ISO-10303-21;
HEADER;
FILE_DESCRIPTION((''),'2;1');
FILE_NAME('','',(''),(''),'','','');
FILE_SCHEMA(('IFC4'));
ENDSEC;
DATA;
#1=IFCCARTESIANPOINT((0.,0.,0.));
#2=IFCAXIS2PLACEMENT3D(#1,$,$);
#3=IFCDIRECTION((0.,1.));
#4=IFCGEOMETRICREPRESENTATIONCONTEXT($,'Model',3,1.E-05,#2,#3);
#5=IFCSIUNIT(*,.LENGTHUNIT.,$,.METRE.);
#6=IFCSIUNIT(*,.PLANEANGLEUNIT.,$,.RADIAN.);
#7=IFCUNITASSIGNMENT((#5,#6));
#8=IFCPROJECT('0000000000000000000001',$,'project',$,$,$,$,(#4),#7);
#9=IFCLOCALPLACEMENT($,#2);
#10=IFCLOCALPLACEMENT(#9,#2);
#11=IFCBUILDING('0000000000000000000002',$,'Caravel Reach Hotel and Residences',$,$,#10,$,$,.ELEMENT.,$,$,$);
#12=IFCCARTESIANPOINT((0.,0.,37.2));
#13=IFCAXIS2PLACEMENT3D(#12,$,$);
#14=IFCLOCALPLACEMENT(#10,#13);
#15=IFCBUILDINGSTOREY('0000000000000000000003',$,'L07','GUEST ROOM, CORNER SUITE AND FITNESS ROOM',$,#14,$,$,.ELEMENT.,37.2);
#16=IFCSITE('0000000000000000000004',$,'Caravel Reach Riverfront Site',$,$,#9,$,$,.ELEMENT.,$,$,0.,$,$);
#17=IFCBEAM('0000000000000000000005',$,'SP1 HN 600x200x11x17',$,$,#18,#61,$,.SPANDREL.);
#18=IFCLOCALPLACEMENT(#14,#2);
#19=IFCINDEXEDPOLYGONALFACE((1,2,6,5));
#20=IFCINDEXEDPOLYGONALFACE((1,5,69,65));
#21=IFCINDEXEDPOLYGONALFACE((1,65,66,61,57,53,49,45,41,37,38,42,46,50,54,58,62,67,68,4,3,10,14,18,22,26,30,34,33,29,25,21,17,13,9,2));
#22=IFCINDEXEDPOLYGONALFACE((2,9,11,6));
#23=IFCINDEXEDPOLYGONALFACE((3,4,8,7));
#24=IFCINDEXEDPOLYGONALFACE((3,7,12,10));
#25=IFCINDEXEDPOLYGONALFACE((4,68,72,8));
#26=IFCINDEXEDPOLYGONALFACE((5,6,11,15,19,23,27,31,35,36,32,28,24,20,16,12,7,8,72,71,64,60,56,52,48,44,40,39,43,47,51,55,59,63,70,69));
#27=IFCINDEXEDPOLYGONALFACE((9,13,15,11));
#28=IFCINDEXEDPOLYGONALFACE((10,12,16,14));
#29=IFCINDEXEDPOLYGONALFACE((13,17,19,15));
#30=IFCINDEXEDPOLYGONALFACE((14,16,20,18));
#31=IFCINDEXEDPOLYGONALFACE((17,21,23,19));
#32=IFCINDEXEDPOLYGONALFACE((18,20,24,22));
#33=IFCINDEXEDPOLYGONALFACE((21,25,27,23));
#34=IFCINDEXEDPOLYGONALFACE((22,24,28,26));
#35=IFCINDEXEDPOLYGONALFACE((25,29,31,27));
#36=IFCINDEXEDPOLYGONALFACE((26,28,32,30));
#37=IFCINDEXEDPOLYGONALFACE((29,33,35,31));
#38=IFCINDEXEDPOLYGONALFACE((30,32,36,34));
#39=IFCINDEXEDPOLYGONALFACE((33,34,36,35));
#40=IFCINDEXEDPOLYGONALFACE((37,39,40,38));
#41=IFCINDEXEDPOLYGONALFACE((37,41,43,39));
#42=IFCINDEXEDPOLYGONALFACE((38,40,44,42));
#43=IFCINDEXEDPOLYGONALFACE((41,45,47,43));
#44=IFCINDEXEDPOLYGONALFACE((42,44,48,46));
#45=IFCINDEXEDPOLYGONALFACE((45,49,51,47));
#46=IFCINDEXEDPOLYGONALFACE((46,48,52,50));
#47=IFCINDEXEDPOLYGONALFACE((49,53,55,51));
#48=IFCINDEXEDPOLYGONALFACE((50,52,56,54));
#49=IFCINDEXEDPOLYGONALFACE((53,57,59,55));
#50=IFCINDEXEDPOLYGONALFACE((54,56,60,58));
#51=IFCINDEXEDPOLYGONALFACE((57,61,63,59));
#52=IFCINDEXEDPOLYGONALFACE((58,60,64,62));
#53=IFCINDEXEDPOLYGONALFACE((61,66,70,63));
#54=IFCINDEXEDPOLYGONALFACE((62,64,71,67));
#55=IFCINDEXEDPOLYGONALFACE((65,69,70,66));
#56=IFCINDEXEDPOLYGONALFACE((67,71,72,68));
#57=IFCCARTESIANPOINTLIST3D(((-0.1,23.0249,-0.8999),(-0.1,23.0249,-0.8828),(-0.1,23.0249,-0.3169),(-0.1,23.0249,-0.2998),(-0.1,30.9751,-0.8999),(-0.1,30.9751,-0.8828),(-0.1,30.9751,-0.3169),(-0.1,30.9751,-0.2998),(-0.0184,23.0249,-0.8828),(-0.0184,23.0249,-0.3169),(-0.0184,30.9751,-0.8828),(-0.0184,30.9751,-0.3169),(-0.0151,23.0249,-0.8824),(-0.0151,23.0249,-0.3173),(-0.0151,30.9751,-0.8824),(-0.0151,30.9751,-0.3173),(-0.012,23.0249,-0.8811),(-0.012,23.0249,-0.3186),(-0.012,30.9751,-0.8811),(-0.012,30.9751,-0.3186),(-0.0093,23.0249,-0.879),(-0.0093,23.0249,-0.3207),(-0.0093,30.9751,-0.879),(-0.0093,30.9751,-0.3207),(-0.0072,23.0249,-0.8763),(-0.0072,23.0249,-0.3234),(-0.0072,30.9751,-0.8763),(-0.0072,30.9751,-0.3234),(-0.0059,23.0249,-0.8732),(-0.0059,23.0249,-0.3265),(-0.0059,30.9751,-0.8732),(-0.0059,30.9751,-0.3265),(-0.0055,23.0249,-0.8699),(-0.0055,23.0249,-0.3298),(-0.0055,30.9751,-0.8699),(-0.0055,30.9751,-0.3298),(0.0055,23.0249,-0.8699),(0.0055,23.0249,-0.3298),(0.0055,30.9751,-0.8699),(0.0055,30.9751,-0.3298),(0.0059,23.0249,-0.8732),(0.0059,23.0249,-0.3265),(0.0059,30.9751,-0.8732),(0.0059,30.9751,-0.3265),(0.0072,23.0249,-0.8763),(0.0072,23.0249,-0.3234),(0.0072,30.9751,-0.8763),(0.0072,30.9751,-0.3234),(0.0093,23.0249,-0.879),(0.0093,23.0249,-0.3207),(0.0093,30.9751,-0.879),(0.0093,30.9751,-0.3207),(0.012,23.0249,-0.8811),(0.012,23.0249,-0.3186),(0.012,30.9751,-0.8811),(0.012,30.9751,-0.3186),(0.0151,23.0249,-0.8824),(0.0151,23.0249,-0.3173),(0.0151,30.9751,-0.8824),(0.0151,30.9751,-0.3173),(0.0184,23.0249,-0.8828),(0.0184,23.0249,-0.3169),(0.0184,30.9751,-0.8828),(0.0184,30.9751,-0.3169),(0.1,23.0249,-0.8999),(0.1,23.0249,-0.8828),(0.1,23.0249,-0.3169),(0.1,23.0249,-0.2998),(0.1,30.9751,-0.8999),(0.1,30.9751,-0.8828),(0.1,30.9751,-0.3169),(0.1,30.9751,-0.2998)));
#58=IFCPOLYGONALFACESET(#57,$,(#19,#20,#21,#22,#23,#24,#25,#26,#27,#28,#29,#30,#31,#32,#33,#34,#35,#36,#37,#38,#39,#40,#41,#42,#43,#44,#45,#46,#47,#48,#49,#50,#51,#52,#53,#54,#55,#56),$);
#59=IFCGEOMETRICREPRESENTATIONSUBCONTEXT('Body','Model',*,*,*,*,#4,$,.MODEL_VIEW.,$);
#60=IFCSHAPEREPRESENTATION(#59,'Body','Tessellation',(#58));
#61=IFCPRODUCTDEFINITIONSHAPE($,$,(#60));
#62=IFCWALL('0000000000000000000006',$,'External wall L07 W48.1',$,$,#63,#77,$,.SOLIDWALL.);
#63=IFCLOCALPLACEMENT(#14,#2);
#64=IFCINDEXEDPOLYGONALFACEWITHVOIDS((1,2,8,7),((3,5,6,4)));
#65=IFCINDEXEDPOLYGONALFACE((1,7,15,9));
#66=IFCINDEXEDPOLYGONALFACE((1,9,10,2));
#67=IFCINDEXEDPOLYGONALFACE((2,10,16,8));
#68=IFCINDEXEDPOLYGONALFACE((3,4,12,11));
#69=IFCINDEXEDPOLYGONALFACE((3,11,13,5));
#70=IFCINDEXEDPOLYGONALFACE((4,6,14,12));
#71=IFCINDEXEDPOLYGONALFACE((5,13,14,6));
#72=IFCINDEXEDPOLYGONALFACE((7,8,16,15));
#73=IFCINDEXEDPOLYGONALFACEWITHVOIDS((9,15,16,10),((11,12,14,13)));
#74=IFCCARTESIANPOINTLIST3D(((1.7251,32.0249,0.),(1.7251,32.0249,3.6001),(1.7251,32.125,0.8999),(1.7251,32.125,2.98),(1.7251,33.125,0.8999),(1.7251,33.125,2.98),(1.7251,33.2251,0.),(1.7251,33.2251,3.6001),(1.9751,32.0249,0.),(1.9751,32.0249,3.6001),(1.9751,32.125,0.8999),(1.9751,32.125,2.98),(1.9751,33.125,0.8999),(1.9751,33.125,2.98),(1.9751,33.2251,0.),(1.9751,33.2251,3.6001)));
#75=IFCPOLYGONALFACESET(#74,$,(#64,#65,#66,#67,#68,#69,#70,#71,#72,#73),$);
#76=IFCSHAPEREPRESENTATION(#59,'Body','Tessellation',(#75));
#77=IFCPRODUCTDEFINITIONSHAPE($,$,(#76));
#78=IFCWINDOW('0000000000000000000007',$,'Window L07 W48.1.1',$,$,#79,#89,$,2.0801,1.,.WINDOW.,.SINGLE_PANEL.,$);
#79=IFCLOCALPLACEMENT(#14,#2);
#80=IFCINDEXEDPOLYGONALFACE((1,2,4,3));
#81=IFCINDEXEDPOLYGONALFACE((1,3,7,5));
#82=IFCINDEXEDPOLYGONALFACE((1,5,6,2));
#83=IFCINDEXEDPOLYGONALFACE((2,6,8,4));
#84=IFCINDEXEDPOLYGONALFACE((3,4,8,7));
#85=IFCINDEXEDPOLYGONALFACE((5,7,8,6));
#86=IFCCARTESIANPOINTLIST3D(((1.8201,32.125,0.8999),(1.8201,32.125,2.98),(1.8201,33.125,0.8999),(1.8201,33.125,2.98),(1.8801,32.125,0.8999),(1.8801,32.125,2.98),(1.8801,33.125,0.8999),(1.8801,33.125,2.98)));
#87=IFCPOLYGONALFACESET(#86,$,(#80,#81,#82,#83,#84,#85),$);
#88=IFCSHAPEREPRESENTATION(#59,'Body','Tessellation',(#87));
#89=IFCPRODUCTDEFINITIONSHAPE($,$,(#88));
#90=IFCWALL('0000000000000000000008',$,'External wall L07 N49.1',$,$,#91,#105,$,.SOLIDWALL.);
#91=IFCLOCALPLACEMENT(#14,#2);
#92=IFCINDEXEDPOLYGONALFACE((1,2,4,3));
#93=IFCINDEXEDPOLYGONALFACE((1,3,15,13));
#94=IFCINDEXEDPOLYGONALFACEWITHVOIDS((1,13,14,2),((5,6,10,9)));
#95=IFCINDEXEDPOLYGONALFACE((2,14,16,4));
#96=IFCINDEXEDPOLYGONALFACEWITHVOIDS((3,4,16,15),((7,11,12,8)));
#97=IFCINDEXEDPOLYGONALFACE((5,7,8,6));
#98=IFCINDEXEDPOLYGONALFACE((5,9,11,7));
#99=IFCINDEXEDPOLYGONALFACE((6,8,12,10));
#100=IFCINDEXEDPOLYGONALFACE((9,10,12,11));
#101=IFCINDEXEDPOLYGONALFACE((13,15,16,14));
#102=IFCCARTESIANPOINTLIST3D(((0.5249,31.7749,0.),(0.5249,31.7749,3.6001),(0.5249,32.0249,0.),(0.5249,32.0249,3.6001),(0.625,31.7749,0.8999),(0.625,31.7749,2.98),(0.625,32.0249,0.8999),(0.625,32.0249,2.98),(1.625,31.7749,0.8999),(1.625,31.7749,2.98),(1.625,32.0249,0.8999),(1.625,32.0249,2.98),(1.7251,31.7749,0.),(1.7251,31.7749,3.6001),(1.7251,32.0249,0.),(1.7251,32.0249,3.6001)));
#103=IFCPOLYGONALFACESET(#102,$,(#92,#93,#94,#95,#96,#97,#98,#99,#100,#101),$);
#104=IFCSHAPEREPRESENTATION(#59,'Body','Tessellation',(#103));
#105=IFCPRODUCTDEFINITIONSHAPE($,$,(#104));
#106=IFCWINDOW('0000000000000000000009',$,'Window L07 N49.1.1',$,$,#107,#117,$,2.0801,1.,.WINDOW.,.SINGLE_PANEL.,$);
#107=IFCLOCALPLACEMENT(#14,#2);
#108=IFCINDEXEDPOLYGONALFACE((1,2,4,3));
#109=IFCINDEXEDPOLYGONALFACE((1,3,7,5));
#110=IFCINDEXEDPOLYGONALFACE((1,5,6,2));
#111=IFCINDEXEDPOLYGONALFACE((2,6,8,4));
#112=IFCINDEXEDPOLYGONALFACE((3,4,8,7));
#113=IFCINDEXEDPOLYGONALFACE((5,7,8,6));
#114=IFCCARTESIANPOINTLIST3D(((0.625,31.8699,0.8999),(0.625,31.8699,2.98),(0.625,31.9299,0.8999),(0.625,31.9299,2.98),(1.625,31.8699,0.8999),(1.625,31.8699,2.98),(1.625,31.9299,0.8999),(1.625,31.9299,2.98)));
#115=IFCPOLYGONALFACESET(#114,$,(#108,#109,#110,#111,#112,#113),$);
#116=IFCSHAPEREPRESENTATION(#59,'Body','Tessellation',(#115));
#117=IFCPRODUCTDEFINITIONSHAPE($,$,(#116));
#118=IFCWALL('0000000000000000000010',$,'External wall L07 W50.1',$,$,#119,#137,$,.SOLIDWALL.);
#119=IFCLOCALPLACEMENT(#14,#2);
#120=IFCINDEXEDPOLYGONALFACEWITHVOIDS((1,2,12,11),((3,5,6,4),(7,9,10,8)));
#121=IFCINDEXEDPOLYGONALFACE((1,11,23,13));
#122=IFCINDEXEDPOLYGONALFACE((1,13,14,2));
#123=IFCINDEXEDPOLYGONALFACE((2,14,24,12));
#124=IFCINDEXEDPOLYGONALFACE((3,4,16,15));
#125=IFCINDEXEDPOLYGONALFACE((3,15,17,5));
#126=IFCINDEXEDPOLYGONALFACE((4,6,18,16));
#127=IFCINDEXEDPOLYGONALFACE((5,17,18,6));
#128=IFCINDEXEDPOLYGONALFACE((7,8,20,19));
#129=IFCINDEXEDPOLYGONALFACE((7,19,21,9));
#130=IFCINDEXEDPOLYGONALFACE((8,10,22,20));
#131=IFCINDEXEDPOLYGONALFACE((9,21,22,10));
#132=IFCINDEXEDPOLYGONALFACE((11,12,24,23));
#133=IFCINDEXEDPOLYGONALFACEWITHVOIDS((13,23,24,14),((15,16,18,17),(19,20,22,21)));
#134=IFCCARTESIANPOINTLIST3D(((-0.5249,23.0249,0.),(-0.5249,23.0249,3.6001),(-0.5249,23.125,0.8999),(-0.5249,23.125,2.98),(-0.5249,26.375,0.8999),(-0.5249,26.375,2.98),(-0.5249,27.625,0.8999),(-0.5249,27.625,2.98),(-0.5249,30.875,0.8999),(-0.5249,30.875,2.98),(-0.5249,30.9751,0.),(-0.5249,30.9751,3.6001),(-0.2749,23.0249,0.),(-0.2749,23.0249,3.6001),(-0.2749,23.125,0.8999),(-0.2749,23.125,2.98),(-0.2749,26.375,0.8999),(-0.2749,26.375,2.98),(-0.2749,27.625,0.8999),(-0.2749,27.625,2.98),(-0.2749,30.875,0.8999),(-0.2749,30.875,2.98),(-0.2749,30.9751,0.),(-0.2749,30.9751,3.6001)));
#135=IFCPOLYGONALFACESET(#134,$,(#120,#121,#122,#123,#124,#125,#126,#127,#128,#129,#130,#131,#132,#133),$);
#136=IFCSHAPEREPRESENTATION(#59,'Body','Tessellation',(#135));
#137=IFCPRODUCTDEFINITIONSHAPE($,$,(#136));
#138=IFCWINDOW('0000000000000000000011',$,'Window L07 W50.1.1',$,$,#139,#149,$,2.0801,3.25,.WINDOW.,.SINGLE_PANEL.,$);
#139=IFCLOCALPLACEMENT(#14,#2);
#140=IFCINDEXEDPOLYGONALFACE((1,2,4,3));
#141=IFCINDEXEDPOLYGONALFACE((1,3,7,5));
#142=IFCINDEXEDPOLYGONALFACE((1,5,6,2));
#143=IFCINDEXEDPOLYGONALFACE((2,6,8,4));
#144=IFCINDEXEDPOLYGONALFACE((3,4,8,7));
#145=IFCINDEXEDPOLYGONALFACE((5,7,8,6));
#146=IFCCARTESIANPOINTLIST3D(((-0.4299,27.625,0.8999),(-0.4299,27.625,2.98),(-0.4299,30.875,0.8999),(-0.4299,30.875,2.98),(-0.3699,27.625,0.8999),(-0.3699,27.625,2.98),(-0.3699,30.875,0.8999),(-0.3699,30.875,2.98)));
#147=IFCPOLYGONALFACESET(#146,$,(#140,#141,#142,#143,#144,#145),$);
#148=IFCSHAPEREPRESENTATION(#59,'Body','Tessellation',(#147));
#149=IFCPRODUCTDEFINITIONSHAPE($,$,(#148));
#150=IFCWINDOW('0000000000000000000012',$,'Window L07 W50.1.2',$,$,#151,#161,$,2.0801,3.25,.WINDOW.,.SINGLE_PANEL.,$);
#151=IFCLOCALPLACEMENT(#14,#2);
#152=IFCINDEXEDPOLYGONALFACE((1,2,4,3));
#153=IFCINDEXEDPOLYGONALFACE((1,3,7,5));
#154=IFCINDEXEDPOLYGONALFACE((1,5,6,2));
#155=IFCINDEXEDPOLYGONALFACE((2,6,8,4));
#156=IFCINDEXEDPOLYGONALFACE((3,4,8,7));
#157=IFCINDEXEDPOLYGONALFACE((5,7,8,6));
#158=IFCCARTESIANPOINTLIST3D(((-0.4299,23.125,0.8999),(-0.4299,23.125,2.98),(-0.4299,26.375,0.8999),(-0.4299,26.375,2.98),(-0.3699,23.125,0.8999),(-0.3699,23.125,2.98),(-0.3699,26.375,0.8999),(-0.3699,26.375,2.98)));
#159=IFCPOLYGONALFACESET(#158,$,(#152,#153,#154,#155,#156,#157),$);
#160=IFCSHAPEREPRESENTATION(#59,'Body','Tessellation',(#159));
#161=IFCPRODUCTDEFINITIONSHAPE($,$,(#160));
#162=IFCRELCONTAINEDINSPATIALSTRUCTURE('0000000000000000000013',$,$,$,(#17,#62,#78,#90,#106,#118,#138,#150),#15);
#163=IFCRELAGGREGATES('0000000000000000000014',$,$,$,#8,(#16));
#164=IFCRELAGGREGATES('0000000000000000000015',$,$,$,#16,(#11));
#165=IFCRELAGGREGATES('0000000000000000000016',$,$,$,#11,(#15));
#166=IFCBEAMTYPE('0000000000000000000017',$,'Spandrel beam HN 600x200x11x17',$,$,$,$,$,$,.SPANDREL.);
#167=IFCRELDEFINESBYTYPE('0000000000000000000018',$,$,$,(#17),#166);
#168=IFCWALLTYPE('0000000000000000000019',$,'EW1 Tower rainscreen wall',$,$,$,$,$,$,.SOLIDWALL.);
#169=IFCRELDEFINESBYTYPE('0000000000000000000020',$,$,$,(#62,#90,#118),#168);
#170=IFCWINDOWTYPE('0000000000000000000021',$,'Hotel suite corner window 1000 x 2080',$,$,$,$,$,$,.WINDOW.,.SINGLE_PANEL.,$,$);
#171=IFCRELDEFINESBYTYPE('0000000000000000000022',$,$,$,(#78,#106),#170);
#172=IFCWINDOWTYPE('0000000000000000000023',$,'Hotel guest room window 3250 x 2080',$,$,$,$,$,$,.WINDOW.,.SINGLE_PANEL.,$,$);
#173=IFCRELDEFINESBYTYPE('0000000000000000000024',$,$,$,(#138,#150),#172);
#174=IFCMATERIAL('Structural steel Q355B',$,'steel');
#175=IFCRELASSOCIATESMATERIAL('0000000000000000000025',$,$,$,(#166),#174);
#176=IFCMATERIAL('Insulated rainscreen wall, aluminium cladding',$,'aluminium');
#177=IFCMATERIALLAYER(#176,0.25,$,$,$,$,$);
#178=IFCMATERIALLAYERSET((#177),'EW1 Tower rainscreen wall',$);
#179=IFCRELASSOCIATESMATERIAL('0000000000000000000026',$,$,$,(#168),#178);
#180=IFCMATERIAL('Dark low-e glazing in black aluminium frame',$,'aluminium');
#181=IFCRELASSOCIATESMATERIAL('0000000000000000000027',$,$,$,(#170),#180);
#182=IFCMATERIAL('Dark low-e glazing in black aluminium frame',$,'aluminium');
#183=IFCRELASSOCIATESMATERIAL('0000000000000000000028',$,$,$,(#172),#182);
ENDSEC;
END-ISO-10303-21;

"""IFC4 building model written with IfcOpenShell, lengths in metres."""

from ifc_helpers import new_model, si_unit, direction, frame, frame_2d, origin, origin_2d, place, context, subcontext, project, spatial, rectangle, i_section, extrude, material, layer, layer_set, material_profile, profile_set, type_object, element, fill, save


model = new_model("IFC4")

# Units and contexts
model_context = context("Model", 3, precision=1e-05, world=origin(), true_north=direction((0.0, 1.0)))
body_context = subcontext(model_context, "Body", "Model", "MODEL_VIEW")
ifc_project = project(units=[si_unit("LENGTHUNIT", "METRE"), si_unit("PLANEANGLEUNIT", "RADIAN")], contexts=[model_context])

# Site, building, storey
site_placement = place(None, origin())
site = spatial("IfcSite", under=ifc_project, at=site_placement, Name="Caravel Reach Riverfront Site", CompositionType="ELEMENT", RefElevation=0.0)
building_placement = place(site_placement, origin())
building = spatial("IfcBuilding", under=site, at=building_placement, Name="Caravel Reach Hotel and Residences", CompositionType="ELEMENT")
storey_placement = place(building_placement, frame((0.0, 0.0, 37.2)))
storey = spatial("IfcBuildingStorey", under=building, at=storey_placement, Name="L07", Description="GUEST ROOM, CORNER SUITE AND FITNESS ROOM", CompositionType="ELEMENT", Elevation=37.2)

# Beam
ifc_material_1 = material(Name="Structural steel Q355B", Category="steel")
ifc_material_profile_1 = material_profile(ifc_material_1, i_section(OverallWidth=0.2, OverallDepth=0.6001, WebThickness=0.011, FlangeThickness=0.0171, FilletRadius=0.0129, at=origin_2d()), Name="HN 600x200x11x17")
ifc_profile_set_1 = profile_set([ifc_material_profile_1], Name="Structural steel Q355B")
beam_type = type_object("IfcBeamType", Name="Spandrel beam HN 600x200x11x17", PredefinedType="SPANDREL", material=ifc_profile_set_1)
beam_placement = place(storey_placement, frame((0.0, 30.9751, -0.5999), z_axis=(0.0, -1.0, 0.0), x_axis=(1.0, 0.0, 0.0)))
element("IfcBeam", 1, at=beam_placement, inside=storey, type_object=beam_type, Name="SP1 HN 600x200x11x17", PredefinedType="SPANDREL", context=body_context, shape_type="SweptSolid", body=[
    extrude(i_section(OverallWidth=0.2, OverallDepth=0.6001, WebThickness=0.011, FlangeThickness=0.0171, FilletRadius=0.0129, at=origin_2d()), origin(), (0.0, 0.0, 1.0), 7.9502),
])

# Walls, openings, windows
ifc_material_2 = material(Name="Insulated rainscreen wall, aluminium cladding", Category="aluminium")
ifc_layer = layer(ifc_material_2, 0.25)
ifc_layer_set = layer_set([ifc_layer], Name="EW1 Tower rainscreen wall")
wall_type = type_object("IfcWallType", Name="EW1 Tower rainscreen wall", PredefinedType="SOLIDWALL", material=ifc_layer_set)
wall_1_placement = place(storey_placement, frame((1.8501, 33.2251, 0.0), z_axis=(0.0, 0.0, 1.0), x_axis=(0.0, -1.0, 0.0)))
wall_1 = element("IfcWall", 2, at=wall_1_placement, inside=storey, type_object=wall_type, Name="External wall L07 W48.1", PredefinedType="SOLIDWALL", context=body_context, shape_type="SweptSolid", body=[
    extrude(rectangle(XDim=1.2002, YDim=0.25, at=frame_2d((0.6001, 0.0))), origin(), (0.0, 0.0, 1.0), 3.6001),
])
opening_1_placement = place(wall_1_placement, frame((0.1001, 0.0, 0.8999)))
opening_1 = element("IfcOpeningElement", 3, at=opening_1_placement, cuts=wall_1, PredefinedType="OPENING", context=body_context, shape_type="SweptSolid", body=[
    extrude(rectangle(XDim=1.0, YDim=2.0801, at=frame_2d((0.5, 1.04))), frame((0.0, 0.135, 0.0), z_axis=(0.0, -1.0, 0.0), x_axis=(1.0, 0.0, 0.0)), (0.0, 0.0, 1.0), 0.27),
])
ifc_material_3 = material(Name="Dark low-e glazing in black aluminium frame", Category="aluminium")
window_type_1 = type_object("IfcWindowType", Name="Hotel suite corner window 1000 x 2080", PartitioningType="SINGLE_PANEL", PredefinedType="WINDOW", material=ifc_material_3)
window_1_placement = place(opening_1_placement, origin())
window_1 = element("IfcWindow", 4, at=window_1_placement, inside=storey, type_object=window_type_1, Name="Window L07 W48.1.1", OverallHeight=2.0801, OverallWidth=1.0, PartitioningType="SINGLE_PANEL", PredefinedType="WINDOW", context=body_context, shape_type="SweptSolid", body=[
    extrude(rectangle(XDim=1.0, YDim=2.0801, at=frame_2d((0.5, 1.04))), frame((0.0, 0.03, 0.0), z_axis=(0.0, -1.0, 0.0), x_axis=(1.0, 0.0, 0.0)), (0.0, 0.0, 1.0), 0.0601),
])
fill(opening_1, window_1)
wall_2_placement = place(storey_placement, frame((1.7251, 31.8999, 0.0), z_axis=(0.0, 0.0, 1.0), x_axis=(-1.0, 0.0, 0.0)))
wall_2 = element("IfcWall", 5, at=wall_2_placement, inside=storey, type_object=wall_type, Name="External wall L07 N49.1", PredefinedType="SOLIDWALL", context=body_context, shape_type="SweptSolid", body=[
    extrude(rectangle(XDim=1.2002, YDim=0.25, at=frame_2d((0.6001, 0.0))), origin(), (0.0, 0.0, 1.0), 3.6001),
])
opening_2_placement = place(wall_2_placement, frame((0.1001, 0.0, 0.8999)))
opening_2 = element("IfcOpeningElement", 6, at=opening_2_placement, cuts=wall_2, PredefinedType="OPENING", context=body_context, shape_type="SweptSolid", body=[
    extrude(rectangle(XDim=1.0, YDim=2.0801, at=frame_2d((0.5, 1.04))), frame((0.0, 0.135, 0.0), z_axis=(0.0, -1.0, 0.0), x_axis=(1.0, 0.0, 0.0)), (0.0, 0.0, 1.0), 0.27),
])
window_2_placement = place(opening_2_placement, origin())
window_2 = element("IfcWindow", 7, at=window_2_placement, inside=storey, type_object=window_type_1, Name="Window L07 N49.1.1", OverallHeight=2.0801, OverallWidth=1.0, PartitioningType="SINGLE_PANEL", PredefinedType="WINDOW", context=body_context, shape_type="SweptSolid", body=[
    extrude(rectangle(XDim=1.0, YDim=2.0801, at=frame_2d((0.5, 1.04))), frame((0.0, 0.03, 0.0), z_axis=(0.0, -1.0, 0.0), x_axis=(1.0, 0.0, 0.0)), (0.0, 0.0, 1.0), 0.0601),
])
fill(opening_2, window_2)

# Wall, openings, windows
wall_3_placement = place(storey_placement, frame((-0.3999, 30.9751, 0.0), z_axis=(0.0, 0.0, 1.0), x_axis=(0.0, -1.0, 0.0)))
wall_3 = element("IfcWall", 8, at=wall_3_placement, inside=storey, type_object=wall_type, Name="External wall L07 W50.1", PredefinedType="SOLIDWALL", context=body_context, shape_type="SweptSolid", body=[
    extrude(rectangle(XDim=7.9502, YDim=0.25, at=frame_2d((3.9751, 0.0))), origin(), (0.0, 0.0, 1.0), 3.6001),
])
opening_3_placement = place(wall_3_placement, frame((0.1001, 0.0, 0.8999)))
opening_3 = element("IfcOpeningElement", 9, at=opening_3_placement, cuts=wall_3, PredefinedType="OPENING", context=body_context, shape_type="SweptSolid", body=[
    extrude(rectangle(XDim=3.25, YDim=2.0801, at=frame_2d((1.625, 1.04))), frame((0.0, 0.135, 0.0), z_axis=(0.0, -1.0, 0.0), x_axis=(1.0, 0.0, 0.0)), (0.0, 0.0, 1.0), 0.27),
])
opening_4_placement = place(wall_3_placement, frame((4.6001, 0.0, 0.8999)))
opening_4 = element("IfcOpeningElement", 10, at=opening_4_placement, cuts=wall_3, PredefinedType="OPENING", context=body_context, shape_type="SweptSolid", body=[
    extrude(rectangle(XDim=3.25, YDim=2.0801, at=frame_2d((1.625, 1.04))), frame((0.0, 0.135, 0.0), z_axis=(0.0, -1.0, 0.0), x_axis=(1.0, 0.0, 0.0)), (0.0, 0.0, 1.0), 0.27),
])
ifc_material_4 = material(Name="Dark low-e glazing in black aluminium frame", Category="aluminium")
window_type_2 = type_object("IfcWindowType", Name="Hotel guest room window 3250 x 2080", PartitioningType="SINGLE_PANEL", PredefinedType="WINDOW", material=ifc_material_4)
window_3_placement = place(opening_3_placement, origin())
window_3 = element("IfcWindow", 11, at=window_3_placement, inside=storey, type_object=window_type_2, Name="Window L07 W50.1.1", OverallHeight=2.0801, OverallWidth=3.25, PartitioningType="SINGLE_PANEL", PredefinedType="WINDOW", context=body_context, shape_type="SweptSolid", body=[
    extrude(rectangle(XDim=3.25, YDim=2.0801, at=frame_2d((1.625, 1.04))), frame((0.0, 0.03, 0.0), z_axis=(0.0, -1.0, 0.0), x_axis=(1.0, 0.0, 0.0)), (0.0, 0.0, 1.0), 0.0601),
])
fill(opening_3, window_3)
window_4_placement = place(opening_4_placement, origin())
window_4 = element("IfcWindow", 12, at=window_4_placement, inside=storey, type_object=window_type_2, Name="Window L07 W50.1.2", OverallHeight=2.0801, OverallWidth=3.25, PartitioningType="SINGLE_PANEL", PredefinedType="WINDOW", context=body_context, shape_type="SweptSolid", body=[
    extrude(rectangle(XDim=3.25, YDim=2.0801, at=frame_2d((1.625, 1.04))), frame((0.0, 0.03, 0.0), z_axis=(0.0, -1.0, 0.0), x_axis=(1.0, 0.0, 0.0)), (0.0, 0.0, 1.0), 0.0601),
])
fill(opening_4, window_4)

save(model, "model.ifc")
